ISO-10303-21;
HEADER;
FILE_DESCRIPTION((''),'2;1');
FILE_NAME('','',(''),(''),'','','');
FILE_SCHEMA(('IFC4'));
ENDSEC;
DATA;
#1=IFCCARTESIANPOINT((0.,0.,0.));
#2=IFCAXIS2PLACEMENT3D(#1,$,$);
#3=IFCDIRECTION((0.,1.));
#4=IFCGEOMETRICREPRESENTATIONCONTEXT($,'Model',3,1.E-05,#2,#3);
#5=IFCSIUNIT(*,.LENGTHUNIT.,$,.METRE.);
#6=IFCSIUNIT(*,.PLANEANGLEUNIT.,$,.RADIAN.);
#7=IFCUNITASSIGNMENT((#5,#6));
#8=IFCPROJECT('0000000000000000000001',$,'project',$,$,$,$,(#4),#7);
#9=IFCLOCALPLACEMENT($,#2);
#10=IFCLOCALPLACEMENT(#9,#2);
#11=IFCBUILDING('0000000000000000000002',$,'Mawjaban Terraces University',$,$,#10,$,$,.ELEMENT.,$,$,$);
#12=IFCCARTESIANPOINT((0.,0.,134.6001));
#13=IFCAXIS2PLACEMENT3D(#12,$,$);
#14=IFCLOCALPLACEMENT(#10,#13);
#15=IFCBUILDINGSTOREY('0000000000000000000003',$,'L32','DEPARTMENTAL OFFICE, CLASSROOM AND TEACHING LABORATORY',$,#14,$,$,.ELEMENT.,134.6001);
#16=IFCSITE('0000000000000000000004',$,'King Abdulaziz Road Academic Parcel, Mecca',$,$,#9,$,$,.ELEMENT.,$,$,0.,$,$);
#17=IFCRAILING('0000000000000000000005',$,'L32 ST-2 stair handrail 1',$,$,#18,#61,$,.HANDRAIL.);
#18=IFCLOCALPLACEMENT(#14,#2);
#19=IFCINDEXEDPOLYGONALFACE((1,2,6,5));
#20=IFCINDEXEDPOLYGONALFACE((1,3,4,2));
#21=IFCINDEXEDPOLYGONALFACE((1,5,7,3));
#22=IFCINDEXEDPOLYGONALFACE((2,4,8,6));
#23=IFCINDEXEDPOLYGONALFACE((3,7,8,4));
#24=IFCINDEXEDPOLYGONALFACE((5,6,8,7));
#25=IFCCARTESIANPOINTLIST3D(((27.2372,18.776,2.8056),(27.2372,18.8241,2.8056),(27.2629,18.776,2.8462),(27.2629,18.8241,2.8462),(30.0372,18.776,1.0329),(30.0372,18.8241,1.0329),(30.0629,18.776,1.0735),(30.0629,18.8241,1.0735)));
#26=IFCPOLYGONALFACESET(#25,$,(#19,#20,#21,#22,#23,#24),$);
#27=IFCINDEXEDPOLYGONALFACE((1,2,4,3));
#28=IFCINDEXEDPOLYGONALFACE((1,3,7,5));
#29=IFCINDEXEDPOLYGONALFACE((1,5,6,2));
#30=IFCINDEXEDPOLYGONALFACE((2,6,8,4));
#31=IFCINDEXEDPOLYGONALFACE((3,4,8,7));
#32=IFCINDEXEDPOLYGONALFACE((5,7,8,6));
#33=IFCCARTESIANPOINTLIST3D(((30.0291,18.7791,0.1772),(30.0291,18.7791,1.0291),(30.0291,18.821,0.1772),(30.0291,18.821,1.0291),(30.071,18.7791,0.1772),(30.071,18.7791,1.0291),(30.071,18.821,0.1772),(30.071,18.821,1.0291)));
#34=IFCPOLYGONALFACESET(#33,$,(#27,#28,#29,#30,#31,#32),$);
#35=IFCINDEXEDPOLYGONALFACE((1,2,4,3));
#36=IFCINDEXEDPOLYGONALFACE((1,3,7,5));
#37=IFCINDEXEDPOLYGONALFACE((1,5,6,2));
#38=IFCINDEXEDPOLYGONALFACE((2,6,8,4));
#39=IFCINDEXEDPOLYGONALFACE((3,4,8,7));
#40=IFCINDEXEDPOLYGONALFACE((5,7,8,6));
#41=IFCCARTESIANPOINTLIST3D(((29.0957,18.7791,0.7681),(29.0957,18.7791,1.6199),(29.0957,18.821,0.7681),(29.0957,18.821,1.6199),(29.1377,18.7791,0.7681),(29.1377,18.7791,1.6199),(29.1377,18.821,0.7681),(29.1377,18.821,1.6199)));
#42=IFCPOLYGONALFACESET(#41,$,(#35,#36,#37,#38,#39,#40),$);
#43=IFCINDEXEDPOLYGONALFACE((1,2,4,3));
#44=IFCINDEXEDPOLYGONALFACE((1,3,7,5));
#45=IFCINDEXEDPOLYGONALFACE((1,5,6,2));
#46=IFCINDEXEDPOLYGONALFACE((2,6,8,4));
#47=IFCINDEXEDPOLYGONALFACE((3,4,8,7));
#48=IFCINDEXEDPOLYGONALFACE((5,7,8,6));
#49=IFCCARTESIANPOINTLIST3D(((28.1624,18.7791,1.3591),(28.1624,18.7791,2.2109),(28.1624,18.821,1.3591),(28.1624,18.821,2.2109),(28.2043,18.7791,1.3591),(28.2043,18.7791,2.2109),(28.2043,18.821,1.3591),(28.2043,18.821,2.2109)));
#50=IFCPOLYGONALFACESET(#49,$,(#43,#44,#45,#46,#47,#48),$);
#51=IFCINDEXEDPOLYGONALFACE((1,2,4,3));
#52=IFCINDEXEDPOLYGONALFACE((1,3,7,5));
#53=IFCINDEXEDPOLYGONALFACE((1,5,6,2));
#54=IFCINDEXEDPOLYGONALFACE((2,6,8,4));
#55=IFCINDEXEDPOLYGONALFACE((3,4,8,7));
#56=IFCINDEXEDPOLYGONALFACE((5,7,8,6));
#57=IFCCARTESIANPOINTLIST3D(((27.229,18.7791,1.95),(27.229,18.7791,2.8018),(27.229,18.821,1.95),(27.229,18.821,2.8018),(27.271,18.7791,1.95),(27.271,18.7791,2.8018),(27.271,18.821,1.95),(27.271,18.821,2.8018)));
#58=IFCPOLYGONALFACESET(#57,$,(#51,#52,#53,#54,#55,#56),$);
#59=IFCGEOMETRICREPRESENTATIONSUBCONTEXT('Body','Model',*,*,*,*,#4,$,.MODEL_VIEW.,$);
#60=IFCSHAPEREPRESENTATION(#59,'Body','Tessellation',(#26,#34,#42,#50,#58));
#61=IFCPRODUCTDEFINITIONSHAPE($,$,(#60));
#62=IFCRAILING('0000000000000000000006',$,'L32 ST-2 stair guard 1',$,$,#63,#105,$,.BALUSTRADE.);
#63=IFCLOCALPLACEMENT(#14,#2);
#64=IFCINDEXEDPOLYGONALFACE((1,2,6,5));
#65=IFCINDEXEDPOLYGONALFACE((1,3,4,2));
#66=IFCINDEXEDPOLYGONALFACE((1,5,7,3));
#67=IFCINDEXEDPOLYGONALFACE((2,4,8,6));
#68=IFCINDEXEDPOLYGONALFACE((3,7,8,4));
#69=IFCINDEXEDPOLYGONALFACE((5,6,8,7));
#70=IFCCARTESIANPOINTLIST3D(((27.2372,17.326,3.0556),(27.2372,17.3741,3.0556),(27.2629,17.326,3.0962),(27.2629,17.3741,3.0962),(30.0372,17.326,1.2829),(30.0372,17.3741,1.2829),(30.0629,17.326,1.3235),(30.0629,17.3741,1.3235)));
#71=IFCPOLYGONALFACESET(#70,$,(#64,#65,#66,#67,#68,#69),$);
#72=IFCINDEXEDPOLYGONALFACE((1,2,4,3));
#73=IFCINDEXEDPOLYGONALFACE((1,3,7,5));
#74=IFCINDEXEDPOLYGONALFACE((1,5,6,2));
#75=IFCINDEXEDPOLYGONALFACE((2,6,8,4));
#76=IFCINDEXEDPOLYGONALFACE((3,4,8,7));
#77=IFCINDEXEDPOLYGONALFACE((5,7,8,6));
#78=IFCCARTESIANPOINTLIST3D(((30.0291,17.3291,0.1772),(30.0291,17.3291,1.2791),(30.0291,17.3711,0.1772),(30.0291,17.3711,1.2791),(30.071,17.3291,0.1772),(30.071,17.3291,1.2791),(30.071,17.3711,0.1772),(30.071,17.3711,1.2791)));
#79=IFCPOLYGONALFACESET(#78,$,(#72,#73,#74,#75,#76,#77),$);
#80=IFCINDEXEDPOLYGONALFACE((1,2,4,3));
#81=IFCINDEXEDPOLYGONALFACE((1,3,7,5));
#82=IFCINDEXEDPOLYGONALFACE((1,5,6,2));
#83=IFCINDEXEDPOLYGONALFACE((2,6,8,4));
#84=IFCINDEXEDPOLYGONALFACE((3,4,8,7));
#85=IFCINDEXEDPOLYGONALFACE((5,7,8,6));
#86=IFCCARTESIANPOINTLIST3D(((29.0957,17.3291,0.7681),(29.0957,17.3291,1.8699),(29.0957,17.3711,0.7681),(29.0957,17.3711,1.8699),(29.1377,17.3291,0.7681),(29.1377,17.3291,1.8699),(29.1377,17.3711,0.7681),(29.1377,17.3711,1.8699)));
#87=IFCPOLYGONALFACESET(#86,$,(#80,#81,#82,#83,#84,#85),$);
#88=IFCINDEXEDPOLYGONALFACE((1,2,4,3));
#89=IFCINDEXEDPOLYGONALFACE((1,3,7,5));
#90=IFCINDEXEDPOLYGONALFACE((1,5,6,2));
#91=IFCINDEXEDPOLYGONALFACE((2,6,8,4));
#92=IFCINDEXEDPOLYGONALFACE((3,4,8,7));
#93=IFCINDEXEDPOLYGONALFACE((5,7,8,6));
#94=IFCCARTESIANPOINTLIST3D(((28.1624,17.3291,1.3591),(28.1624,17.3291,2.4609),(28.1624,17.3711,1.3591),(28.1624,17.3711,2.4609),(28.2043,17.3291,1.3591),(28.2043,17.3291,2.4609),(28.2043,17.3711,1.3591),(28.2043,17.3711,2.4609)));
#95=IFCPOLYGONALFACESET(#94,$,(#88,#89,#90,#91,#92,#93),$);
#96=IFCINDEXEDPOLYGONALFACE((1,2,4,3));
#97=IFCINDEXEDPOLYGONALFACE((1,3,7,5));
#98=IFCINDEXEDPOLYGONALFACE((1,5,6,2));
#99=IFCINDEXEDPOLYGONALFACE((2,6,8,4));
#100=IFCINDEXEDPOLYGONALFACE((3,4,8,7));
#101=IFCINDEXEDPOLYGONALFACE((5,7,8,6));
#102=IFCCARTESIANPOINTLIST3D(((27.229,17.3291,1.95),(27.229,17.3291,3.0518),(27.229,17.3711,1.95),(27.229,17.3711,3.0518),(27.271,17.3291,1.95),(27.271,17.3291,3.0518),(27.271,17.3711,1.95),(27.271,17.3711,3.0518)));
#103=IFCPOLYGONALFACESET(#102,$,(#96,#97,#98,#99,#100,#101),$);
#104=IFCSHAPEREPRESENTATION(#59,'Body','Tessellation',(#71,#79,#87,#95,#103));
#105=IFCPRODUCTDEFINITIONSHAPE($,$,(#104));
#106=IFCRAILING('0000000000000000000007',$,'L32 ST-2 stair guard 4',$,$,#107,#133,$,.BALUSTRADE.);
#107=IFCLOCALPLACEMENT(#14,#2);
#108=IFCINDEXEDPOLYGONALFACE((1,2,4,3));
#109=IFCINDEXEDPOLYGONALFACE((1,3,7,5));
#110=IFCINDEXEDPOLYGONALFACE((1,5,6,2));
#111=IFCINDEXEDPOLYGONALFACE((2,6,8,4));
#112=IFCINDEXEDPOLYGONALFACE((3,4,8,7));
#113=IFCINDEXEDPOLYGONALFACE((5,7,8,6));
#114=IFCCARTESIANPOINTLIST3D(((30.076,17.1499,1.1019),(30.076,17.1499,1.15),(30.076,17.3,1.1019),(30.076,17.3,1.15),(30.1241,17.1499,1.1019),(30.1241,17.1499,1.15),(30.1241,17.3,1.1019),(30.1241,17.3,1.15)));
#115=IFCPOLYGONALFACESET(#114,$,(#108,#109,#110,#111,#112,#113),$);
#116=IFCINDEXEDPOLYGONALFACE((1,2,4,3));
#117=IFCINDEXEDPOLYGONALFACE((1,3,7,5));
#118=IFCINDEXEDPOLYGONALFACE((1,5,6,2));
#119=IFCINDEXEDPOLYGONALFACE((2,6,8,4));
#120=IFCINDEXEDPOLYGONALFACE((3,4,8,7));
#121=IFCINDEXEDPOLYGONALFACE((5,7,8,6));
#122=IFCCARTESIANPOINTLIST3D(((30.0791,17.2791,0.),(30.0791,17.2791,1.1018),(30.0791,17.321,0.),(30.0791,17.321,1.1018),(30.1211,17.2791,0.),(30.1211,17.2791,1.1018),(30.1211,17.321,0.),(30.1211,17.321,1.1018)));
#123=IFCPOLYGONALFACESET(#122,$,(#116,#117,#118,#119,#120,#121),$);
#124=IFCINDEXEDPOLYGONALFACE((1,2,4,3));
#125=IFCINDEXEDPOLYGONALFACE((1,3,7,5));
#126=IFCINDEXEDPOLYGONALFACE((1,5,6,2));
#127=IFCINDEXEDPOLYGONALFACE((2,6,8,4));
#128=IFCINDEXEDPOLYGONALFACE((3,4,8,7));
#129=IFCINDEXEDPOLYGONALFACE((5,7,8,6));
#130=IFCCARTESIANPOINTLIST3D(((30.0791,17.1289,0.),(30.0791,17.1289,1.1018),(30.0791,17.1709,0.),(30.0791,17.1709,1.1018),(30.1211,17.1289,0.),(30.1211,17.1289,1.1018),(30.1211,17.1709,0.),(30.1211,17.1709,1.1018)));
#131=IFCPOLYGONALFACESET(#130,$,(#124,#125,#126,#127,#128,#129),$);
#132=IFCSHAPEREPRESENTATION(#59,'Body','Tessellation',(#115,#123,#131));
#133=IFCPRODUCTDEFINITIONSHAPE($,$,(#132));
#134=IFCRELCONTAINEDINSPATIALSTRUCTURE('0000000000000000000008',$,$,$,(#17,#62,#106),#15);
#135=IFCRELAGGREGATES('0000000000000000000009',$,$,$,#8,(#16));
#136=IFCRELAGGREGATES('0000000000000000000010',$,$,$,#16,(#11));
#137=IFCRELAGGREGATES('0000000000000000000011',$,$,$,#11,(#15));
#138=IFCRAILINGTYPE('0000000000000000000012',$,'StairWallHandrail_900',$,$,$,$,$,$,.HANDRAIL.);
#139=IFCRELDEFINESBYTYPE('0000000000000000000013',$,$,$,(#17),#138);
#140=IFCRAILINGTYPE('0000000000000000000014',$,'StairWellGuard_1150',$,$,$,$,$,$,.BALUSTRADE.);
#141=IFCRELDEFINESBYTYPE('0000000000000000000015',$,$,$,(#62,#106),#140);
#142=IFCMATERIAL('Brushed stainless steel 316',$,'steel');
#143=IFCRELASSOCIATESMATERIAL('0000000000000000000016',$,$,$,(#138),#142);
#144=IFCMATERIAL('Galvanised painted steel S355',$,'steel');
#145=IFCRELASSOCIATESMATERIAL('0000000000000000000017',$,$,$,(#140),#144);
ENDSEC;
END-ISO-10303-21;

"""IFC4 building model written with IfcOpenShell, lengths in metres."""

from ifc_helpers import new_model, si_unit, direction, frame, origin, origin_2d, place, context, subcontext, project, spatial, rectangle, extrude, material, type_object, element, save


model = new_model("IFC4")

# Units and contexts
model_context = context("Model", 3, precision=1e-05, world=origin(), true_north=direction((0.0, 1.0)))
body_context = subcontext(model_context, "Body", "Model", "MODEL_VIEW")
ifc_project = project(units=[si_unit("LENGTHUNIT", "METRE"), si_unit("PLANEANGLEUNIT", "RADIAN")], contexts=[model_context])

# Site, building, storey
site_placement = place(None, origin())
site = spatial("IfcSite", under=ifc_project, at=site_placement, Name="King Abdulaziz Road Academic Parcel, Mecca", CompositionType="ELEMENT", RefElevation=0.0)
building_placement = place(site_placement, origin())
building = spatial("IfcBuilding", under=site, at=building_placement, Name="Mawjaban Terraces University", CompositionType="ELEMENT")
storey_placement = place(building_placement, frame((0.0, 0.0, 134.6001)))
storey = spatial("IfcBuildingStorey", under=building, at=storey_placement, Name="L32", Description="DEPARTMENTAL OFFICE, CLASSROOM AND TEACHING LABORATORY", CompositionType="ELEMENT", Elevation=134.6001)

# Railings
ifc_material_1 = material(Name="Brushed stainless steel 316", Category="steel")
railing_type_1 = type_object("IfcRailingType", Name="StairWallHandrail_900", PredefinedType="HANDRAIL", material=ifc_material_1)
railing_1_placement = place(storey_placement, frame((30.05, 18.8, 0.1772)))
element("IfcRailing", 1, at=railing_1_placement, inside=storey, type_object=railing_type_1, Name="L32 ST-2 stair handrail 1", PredefinedType="HANDRAIL", context=body_context, shape_type="SweptSolid", body=[
    extrude(rectangle(XDim=0.0481, YDim=0.0481, at=origin_2d()), frame((0.0, 0.0, 0.876), z_axis=(-0.844909, 0.0, 0.53491), x_axis=(0.0, -1.0, 0.0)), (0.0, 0.0, 1.0), 3.314),
    extrude(rectangle(XDim=0.042, YDim=0.042, at=origin_2d()), origin(), (0.0, 0.0, 1.0), 0.8518),
    extrude(rectangle(XDim=0.042, YDim=0.042, at=origin_2d()), frame((-0.9333, 0.0, 0.5908)), (0.0, 0.0, 1.0), 0.8518),
    extrude(rectangle(XDim=0.042, YDim=0.042, at=origin_2d()), frame((-1.8667, 0.0, 1.1819)), (0.0, 0.0, 1.0), 0.8518),
    extrude(rectangle(XDim=0.042, YDim=0.042, at=origin_2d()), frame((-2.8, 0.0, 1.7727)), (0.0, 0.0, 1.0), 0.8518),
])
ifc_material_2 = material(Name="Galvanised painted steel S355", Category="steel")
railing_type_2 = type_object("IfcRailingType", Name="StairWellGuard_1150", PredefinedType="BALUSTRADE", material=ifc_material_2)
railing_2_placement = place(storey_placement, frame((30.05, 17.3501, 0.1772)))
element("IfcRailing", 2, at=railing_2_placement, inside=storey, type_object=railing_type_2, Name="L32 ST-2 stair guard 1", PredefinedType="BALUSTRADE", context=body_context, shape_type="SweptSolid", body=[
    extrude(rectangle(XDim=0.0481, YDim=0.0481, at=origin_2d()), frame((0.0, 0.0, 1.126), z_axis=(-0.844909, 0.0, 0.53491), x_axis=(0.0, -1.0, 0.0)), (0.0, 0.0, 1.0), 3.314),
    extrude(rectangle(XDim=0.042, YDim=0.042, at=origin_2d()), origin(), (0.0, 0.0, 1.0), 1.1018),
    extrude(rectangle(XDim=0.042, YDim=0.042, at=origin_2d()), frame((-0.9333, 0.0, 0.5908)), (0.0, 0.0, 1.0), 1.1018),
    extrude(rectangle(XDim=0.042, YDim=0.042, at=origin_2d()), frame((-1.8667, 0.0, 1.1819)), (0.0, 0.0, 1.0), 1.1018),
    extrude(rectangle(XDim=0.042, YDim=0.042, at=origin_2d()), frame((-2.8, 0.0, 1.7727)), (0.0, 0.0, 1.0), 1.1018),
])
railing_3_placement = place(storey_placement, frame((30.1001, 17.3, 0.0)))
element("IfcRailing", 3, at=railing_3_placement, inside=storey, type_object=railing_type_2, Name="L32 ST-2 stair guard 4", PredefinedType="BALUSTRADE", context=body_context, shape_type="SweptSolid", body=[
    extrude(rectangle(XDim=0.0481, YDim=0.0481, at=origin_2d()), frame((0.0, 0.0, 1.126), z_axis=(0.0, -1.0, 0.0), x_axis=(1.0, 0.0, 0.0)), (0.0, 0.0, 1.0), 0.1501),
    extrude(rectangle(XDim=0.042, YDim=0.042, at=origin_2d()), origin(), (0.0, 0.0, 1.0), 1.1018),
    extrude(rectangle(XDim=0.042, YDim=0.042, at=origin_2d()), frame((0.0, -0.1501, 0.0)), (0.0, 0.0, 1.0), 1.1018),
])

save(model, "model.ifc")
